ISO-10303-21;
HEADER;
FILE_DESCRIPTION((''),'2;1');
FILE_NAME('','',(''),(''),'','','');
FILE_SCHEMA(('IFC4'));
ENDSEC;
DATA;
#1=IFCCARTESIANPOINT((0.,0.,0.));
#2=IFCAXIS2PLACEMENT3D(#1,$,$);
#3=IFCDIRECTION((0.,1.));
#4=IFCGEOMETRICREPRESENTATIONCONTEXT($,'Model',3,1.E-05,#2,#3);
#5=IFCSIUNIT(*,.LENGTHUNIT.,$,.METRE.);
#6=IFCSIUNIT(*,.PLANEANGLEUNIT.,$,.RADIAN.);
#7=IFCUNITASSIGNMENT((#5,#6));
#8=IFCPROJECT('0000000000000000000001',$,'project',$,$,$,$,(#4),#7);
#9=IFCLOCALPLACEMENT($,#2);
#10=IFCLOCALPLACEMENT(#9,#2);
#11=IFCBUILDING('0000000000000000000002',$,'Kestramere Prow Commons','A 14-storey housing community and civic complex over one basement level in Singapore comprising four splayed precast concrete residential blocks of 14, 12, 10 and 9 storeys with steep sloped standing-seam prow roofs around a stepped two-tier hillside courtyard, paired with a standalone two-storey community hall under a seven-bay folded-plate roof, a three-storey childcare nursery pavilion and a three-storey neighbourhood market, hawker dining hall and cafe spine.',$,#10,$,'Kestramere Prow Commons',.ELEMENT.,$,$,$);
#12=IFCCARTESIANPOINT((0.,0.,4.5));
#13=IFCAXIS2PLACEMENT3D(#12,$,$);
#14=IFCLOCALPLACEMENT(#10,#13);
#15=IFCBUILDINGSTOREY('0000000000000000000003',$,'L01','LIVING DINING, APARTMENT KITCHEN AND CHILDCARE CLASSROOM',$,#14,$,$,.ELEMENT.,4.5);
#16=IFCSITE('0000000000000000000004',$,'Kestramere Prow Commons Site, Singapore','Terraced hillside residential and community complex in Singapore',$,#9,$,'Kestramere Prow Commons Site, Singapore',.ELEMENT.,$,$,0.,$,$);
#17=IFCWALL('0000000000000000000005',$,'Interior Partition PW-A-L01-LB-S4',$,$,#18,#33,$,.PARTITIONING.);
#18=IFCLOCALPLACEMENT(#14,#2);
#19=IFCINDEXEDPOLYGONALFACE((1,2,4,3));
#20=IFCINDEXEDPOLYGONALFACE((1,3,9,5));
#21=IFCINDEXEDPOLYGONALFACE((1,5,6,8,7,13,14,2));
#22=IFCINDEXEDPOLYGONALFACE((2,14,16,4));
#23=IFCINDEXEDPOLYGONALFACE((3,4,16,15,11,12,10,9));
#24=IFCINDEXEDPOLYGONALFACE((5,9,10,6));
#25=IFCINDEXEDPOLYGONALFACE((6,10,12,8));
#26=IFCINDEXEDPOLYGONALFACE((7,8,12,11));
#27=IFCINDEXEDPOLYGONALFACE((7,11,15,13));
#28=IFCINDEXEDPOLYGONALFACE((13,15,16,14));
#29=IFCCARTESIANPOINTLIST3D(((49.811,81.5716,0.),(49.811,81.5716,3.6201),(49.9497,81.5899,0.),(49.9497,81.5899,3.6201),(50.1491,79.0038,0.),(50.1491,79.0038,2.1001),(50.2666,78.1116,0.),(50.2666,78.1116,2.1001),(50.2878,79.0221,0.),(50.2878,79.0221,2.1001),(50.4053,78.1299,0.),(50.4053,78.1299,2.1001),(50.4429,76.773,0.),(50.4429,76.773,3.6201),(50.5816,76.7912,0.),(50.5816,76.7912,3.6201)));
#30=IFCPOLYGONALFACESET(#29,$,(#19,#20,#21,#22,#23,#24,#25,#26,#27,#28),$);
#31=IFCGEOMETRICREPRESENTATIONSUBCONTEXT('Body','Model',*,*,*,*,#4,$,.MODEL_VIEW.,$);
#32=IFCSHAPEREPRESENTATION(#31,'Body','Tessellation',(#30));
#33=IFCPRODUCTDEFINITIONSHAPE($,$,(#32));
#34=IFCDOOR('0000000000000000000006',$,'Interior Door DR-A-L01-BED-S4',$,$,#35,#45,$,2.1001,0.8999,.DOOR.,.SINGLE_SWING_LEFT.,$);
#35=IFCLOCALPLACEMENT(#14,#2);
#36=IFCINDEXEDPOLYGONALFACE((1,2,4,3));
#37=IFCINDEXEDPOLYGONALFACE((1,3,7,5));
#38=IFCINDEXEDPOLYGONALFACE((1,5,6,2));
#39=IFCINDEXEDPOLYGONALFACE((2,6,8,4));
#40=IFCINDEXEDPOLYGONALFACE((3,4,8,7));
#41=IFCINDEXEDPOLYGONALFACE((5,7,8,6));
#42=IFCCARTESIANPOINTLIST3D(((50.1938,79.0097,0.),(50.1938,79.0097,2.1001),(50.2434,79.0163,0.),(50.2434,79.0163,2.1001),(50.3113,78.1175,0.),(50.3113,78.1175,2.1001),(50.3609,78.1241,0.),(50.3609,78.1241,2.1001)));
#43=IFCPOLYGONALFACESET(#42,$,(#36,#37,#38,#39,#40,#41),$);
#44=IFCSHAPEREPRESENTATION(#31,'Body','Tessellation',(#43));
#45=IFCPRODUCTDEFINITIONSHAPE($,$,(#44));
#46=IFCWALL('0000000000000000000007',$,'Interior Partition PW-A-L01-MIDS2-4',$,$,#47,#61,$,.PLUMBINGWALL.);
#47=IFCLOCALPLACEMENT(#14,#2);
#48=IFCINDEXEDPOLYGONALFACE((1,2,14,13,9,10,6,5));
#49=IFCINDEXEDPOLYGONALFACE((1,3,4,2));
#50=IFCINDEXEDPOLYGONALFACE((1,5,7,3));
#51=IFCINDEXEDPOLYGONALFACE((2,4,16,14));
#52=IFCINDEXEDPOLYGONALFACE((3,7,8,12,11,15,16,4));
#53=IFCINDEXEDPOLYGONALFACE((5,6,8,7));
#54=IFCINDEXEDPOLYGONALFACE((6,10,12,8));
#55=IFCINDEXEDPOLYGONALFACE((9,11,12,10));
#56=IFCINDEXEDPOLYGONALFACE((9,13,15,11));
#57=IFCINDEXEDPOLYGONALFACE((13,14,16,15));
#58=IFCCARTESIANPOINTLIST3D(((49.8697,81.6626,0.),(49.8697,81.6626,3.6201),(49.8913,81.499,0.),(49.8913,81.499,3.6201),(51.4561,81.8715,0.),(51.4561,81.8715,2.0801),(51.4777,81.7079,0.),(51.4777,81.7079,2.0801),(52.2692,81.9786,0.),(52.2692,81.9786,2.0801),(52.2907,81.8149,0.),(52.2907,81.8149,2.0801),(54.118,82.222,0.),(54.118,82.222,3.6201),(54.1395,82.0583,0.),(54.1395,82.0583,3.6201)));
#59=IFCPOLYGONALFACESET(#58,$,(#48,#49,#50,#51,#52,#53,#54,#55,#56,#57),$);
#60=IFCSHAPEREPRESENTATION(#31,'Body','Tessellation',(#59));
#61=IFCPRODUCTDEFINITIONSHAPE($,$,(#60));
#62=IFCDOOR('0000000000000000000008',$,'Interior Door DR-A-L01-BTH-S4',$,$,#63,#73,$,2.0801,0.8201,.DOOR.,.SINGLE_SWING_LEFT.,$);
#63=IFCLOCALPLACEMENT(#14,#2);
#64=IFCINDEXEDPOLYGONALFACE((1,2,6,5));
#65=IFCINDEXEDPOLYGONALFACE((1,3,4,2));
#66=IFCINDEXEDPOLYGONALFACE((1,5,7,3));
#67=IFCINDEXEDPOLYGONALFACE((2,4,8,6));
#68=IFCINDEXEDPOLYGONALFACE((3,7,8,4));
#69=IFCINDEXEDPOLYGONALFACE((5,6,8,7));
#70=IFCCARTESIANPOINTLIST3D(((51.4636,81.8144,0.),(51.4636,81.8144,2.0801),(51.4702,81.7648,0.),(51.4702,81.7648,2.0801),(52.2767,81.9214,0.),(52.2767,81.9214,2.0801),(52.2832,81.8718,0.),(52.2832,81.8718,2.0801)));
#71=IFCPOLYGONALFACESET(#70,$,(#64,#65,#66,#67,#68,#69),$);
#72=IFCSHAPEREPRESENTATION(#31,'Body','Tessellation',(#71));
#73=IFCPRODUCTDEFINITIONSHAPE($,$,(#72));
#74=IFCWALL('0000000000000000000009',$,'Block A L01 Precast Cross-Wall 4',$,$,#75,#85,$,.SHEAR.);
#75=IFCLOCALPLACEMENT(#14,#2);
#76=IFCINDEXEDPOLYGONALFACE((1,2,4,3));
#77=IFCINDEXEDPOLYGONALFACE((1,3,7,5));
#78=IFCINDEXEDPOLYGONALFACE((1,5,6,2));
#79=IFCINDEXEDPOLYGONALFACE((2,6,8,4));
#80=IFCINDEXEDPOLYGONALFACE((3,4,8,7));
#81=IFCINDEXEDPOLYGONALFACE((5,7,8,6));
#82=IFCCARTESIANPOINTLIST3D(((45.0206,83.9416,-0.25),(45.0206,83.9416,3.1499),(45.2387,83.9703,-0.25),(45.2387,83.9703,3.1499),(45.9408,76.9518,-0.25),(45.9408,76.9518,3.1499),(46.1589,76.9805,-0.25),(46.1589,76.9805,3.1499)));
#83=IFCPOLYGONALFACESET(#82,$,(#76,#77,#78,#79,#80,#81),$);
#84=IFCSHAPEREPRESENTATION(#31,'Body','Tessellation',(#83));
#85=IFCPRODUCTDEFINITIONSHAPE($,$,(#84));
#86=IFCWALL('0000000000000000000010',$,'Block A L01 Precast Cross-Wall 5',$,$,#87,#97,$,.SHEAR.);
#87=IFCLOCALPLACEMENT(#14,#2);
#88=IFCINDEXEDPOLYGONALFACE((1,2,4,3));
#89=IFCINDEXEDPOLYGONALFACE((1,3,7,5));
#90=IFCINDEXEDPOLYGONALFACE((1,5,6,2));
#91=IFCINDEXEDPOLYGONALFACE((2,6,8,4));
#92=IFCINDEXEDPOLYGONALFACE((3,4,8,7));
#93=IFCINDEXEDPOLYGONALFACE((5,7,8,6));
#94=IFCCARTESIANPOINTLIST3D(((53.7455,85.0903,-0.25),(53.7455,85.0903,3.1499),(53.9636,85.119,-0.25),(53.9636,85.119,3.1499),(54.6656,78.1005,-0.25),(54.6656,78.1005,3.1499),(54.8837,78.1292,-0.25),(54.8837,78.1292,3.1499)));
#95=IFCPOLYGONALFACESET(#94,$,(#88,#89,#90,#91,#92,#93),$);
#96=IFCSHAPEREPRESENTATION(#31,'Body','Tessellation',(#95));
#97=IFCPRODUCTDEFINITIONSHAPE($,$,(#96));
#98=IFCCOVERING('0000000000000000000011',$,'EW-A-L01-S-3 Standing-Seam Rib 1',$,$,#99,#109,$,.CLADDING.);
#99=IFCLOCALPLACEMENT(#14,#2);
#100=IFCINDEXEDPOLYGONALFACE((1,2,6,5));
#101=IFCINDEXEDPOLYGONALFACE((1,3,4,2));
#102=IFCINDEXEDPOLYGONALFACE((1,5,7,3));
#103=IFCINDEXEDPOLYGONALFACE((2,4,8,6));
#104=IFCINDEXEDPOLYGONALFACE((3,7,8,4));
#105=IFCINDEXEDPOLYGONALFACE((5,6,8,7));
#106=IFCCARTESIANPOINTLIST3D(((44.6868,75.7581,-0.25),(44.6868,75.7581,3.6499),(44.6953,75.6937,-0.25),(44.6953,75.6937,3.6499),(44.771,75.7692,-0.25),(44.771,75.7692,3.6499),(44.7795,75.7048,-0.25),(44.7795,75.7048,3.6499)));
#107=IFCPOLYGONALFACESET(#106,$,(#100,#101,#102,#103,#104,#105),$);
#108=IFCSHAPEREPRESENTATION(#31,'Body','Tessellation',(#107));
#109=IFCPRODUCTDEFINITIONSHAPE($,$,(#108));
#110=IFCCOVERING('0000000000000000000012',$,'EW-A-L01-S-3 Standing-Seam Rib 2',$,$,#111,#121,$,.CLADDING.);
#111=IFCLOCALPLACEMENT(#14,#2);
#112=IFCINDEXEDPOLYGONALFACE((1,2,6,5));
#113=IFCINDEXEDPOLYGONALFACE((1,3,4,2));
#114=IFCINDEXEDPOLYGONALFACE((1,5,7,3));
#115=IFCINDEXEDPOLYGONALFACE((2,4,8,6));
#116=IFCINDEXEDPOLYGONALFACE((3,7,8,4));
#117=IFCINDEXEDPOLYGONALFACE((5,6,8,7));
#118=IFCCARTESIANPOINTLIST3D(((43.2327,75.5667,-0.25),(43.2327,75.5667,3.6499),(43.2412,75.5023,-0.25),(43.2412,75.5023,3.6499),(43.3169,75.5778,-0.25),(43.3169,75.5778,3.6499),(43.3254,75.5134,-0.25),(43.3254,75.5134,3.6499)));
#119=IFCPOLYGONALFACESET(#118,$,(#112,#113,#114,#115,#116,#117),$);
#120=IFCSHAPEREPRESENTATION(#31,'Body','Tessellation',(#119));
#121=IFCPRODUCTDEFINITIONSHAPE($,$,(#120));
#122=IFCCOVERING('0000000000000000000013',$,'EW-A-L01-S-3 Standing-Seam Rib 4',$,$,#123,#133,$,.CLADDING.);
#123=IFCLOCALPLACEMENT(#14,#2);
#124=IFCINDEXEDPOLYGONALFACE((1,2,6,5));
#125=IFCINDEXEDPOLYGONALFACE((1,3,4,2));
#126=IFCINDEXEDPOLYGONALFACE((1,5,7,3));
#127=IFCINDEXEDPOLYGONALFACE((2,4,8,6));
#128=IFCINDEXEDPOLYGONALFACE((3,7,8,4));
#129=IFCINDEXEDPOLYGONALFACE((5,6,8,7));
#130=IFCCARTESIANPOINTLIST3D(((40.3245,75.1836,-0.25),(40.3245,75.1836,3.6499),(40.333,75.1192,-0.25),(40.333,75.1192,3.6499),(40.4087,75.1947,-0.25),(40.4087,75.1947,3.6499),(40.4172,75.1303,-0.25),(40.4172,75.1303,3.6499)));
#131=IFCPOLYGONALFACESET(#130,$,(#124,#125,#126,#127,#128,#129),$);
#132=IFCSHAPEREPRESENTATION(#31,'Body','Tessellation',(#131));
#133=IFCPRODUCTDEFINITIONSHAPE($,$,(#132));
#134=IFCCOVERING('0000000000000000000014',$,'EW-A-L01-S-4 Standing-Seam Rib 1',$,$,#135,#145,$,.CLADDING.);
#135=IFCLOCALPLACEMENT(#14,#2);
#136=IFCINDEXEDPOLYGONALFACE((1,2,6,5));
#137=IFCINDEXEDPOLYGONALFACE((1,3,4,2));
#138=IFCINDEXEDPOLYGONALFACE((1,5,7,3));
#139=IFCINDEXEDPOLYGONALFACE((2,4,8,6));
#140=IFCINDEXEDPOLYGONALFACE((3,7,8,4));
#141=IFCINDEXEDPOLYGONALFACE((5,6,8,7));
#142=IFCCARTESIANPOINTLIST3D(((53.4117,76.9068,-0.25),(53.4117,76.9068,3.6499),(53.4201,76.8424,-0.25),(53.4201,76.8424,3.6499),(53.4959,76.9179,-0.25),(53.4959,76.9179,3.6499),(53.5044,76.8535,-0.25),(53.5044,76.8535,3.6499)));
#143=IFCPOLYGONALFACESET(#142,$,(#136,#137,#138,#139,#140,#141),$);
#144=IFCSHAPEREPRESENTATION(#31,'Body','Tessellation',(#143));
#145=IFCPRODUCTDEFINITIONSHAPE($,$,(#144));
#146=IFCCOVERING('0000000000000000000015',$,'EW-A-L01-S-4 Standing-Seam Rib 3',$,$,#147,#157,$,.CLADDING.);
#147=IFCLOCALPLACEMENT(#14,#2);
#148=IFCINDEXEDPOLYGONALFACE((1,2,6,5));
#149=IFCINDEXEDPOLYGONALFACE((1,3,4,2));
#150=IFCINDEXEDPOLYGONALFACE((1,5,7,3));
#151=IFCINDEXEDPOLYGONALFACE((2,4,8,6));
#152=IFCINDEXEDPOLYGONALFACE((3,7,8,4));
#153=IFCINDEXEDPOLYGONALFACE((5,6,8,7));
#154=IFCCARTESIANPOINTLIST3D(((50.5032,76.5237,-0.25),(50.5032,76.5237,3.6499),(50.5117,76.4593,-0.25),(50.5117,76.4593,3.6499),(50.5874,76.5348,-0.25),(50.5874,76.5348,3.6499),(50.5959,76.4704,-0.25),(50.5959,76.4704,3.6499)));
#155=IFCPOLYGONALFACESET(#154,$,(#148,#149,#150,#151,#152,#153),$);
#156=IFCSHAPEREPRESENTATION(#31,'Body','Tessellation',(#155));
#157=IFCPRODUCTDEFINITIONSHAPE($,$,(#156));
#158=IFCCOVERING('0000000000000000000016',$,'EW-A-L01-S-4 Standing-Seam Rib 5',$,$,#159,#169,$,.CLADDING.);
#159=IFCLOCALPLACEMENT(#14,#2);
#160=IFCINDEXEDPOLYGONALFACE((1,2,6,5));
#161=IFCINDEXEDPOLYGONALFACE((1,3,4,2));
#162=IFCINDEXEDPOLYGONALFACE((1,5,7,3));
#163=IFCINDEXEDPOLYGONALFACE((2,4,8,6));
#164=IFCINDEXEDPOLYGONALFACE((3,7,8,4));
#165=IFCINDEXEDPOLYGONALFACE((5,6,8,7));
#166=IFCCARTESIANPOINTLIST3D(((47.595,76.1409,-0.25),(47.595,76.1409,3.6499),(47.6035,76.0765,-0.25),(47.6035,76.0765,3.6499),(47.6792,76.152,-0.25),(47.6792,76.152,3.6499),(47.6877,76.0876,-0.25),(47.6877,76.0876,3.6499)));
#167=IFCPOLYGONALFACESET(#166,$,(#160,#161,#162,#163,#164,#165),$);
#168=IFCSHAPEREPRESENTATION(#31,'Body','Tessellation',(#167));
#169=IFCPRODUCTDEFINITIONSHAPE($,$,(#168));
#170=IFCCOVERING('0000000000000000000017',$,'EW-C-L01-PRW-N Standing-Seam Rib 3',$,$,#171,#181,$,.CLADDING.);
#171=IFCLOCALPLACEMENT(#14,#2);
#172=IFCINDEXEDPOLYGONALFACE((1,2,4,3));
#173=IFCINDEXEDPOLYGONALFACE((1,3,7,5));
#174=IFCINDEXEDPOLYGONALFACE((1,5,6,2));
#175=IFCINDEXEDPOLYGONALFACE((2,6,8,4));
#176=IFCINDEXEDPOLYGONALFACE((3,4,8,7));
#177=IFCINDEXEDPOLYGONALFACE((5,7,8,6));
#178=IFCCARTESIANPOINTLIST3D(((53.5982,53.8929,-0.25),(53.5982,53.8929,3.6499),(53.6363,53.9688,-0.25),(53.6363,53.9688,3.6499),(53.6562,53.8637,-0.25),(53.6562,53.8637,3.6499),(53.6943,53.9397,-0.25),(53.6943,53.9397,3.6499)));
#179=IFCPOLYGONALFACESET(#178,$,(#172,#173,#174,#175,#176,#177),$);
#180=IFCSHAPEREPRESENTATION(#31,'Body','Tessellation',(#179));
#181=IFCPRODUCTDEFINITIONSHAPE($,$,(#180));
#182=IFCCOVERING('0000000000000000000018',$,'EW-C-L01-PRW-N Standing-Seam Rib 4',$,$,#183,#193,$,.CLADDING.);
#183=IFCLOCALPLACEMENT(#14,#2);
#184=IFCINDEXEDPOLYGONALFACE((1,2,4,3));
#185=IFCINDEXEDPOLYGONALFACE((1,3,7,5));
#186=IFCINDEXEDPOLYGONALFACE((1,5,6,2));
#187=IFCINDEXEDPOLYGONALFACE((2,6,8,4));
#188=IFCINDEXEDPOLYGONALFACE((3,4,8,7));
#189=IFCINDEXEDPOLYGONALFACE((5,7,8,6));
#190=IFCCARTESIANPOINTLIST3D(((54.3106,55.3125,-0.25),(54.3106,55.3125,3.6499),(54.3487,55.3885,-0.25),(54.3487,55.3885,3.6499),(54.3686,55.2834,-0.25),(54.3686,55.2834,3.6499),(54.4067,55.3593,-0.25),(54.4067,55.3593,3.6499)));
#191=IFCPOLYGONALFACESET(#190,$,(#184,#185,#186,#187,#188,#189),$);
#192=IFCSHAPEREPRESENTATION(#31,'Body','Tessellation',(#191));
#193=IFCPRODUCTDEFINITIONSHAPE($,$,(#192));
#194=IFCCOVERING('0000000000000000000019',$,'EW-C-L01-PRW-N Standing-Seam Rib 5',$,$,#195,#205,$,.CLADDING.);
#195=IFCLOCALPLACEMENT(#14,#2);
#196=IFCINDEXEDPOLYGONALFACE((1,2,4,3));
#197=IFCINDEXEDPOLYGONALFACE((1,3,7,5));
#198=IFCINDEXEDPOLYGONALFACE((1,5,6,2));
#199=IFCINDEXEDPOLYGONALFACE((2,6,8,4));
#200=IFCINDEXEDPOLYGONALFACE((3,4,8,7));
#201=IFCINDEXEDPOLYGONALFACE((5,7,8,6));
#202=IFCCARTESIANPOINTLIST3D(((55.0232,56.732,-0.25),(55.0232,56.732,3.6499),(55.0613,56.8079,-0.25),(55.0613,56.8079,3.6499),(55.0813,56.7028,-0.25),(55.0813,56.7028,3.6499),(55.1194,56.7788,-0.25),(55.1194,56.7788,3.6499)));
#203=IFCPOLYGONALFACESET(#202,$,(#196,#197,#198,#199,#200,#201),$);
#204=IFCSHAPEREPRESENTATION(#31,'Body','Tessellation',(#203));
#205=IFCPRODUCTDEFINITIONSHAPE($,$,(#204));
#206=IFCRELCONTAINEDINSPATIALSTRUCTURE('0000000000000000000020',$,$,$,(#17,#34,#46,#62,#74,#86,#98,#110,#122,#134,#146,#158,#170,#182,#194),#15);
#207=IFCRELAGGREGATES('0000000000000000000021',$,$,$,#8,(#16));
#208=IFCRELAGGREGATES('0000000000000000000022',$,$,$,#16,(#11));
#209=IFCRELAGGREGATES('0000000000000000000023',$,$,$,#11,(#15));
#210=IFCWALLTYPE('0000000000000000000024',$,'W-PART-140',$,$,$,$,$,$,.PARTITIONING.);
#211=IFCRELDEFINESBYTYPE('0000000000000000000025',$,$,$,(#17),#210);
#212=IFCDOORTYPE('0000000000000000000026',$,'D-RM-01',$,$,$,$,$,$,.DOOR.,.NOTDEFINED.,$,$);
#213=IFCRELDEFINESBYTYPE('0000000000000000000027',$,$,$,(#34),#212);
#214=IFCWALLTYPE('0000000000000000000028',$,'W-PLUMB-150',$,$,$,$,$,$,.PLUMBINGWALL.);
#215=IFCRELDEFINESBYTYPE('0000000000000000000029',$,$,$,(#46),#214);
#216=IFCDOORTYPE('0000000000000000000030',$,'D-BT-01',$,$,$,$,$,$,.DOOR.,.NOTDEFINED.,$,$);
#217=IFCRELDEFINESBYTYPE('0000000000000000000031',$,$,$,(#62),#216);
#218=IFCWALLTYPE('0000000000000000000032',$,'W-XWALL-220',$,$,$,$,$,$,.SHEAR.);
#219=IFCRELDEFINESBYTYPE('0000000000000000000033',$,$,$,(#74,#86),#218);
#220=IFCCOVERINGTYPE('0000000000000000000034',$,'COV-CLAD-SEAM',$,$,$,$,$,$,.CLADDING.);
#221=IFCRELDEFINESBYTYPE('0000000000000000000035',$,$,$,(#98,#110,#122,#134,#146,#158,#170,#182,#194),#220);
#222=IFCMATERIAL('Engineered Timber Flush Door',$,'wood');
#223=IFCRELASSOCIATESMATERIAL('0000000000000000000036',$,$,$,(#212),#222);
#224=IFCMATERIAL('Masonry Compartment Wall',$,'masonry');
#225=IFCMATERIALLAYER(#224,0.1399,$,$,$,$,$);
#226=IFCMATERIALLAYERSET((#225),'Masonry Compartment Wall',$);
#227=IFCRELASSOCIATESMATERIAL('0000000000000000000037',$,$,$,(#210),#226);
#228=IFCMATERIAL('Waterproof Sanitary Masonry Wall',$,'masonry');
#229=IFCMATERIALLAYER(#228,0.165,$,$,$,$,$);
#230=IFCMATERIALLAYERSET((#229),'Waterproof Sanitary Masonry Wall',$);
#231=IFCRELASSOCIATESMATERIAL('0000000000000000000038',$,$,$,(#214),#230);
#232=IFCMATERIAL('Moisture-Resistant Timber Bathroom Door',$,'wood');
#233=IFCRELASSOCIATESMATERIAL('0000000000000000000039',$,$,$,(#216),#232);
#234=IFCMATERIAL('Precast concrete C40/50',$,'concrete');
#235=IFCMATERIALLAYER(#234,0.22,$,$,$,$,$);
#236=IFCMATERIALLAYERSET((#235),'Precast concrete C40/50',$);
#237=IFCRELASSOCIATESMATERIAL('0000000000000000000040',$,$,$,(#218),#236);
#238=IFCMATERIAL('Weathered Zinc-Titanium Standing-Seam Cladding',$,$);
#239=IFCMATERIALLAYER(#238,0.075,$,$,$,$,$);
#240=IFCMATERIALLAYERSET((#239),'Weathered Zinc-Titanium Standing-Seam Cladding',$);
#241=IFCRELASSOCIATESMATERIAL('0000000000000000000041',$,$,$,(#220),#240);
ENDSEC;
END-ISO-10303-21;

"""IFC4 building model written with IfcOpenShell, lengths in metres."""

from ifc_helpers import new_model, si_unit, direction, frame, frame_2d, origin, origin_2d, place, context, subcontext, project, spatial, rectangle, extrude, material, layer, layer_set, type_object, element, fill, save


model = new_model("IFC4")

# Units and contexts
model_context = context("Model", 3, precision=1e-05, world=origin(), true_north=direction((0.0, 1.0)))
body_context = subcontext(model_context, "Body", "Model", "MODEL_VIEW")
ifc_project = project(units=[si_unit("LENGTHUNIT", "METRE"), si_unit("PLANEANGLEUNIT", "RADIAN")], contexts=[model_context])

# Site, building, storey
site_placement = place(None, origin())
site = spatial("IfcSite", under=ifc_project, at=site_placement, Name="Kestramere Prow Commons Site, Singapore", Description="Terraced hillside residential and community complex in Singapore", LongName="Kestramere Prow Commons Site, Singapore", CompositionType="ELEMENT", RefElevation=0.0)
building_placement = place(site_placement, origin())
building = spatial("IfcBuilding", under=site, at=building_placement, Name="Kestramere Prow Commons", Description="A 14-storey housing community and civic complex over one basement level in Singapore comprising four splayed precast concrete residential blocks of 14, 12, 10 and 9 storeys with steep sloped standing-seam prow roofs around a stepped two-tier hillside courtyard, paired with a standalone two-storey community hall under a seven-bay folded-plate roof, a three-storey childcare nursery pavilion and a three-storey neighbourhood market, hawker dining hall and cafe spine.", LongName="Kestramere Prow Commons", CompositionType="ELEMENT")
storey_placement = place(building_placement, frame((0.0, 0.0, 4.5)))
storey = spatial("IfcBuildingStorey", under=building, at=storey_placement, Name="L01", Description="LIVING DINING, APARTMENT KITCHEN AND CHILDCARE CLASSROOM", CompositionType="ELEMENT", Elevation=4.5)

# Shared definitions
ifc_material_1 = material(Name="Precast concrete C40/50", Category="concrete")

# Walls, openings, doors
ifc_material_2 = material(Name="Engineered Timber Flush Door", Category="wood")
door_type_1 = type_object("IfcDoorType", Name="D-RM-01", OperationType="NOTDEFINED", PredefinedType="DOOR", material=ifc_material_2)
ifc_material_3 = material(Name="Masonry Compartment Wall", Category="masonry")
ifc_layer_1 = layer(ifc_material_3, 0.1399)
ifc_layer_set_1 = layer_set([ifc_layer_1], Name="Masonry Compartment Wall")
wall_type_1 = type_object("IfcWallType", Name="W-PART-140", PredefinedType="PARTITIONING", material=ifc_layer_set_1)
wall_1_placement = place(storey_placement, frame((50.5122, 76.7822, 0.0), z_axis=(0.0, 0.0, 1.0), x_axis=(-0.130545, 0.991442, 0.0)))
wall_1 = element("IfcWall", 1, at=wall_1_placement, inside=storey, type_object=wall_type_1, Name="Interior Partition PW-A-L01-LB-S4", PredefinedType="PARTITIONING", context=body_context, shape_type="SweptSolid", body=[
    extrude(rectangle(XDim=4.8401, YDim=0.1399, at=frame_2d((2.4199, 0.0))), origin(), (0.0, 0.0, 1.0), 3.6201),
])
opening_1_placement = place(wall_1_placement, frame((1.3501, 0.0, 0.0)))
opening_1 = element("IfcOpeningElement", 2, at=opening_1_placement, cuts=wall_1, PredefinedType="OPENING", context=body_context, shape_type="SweptSolid", body=[
    extrude(rectangle(XDim=0.8999, YDim=2.1001, at=frame_2d((0.45, 1.05))), frame((0.0, 0.085, 0.0), z_axis=(0.0, -1.0, 0.0), x_axis=(1.0, 0.0, 0.0)), (0.0, 0.0, 1.0), 0.1699),
])
door_1_placement = place(opening_1_placement, origin())
door_1 = element("IfcDoor", 3, at=door_1_placement, inside=storey, type_object=door_type_1, Name="Interior Door DR-A-L01-BED-S4", OperationType="SINGLE_SWING_LEFT", OverallHeight=2.1001, OverallWidth=0.8999, PredefinedType="DOOR", context=body_context, shape_type="SweptSolid", body=[
    extrude(rectangle(XDim=0.8999, YDim=2.1001, at=frame_2d((0.45, 1.05))), frame((0.0, 0.0249, 0.0), z_axis=(0.0, -1.0, 0.0), x_axis=(1.0, 0.0, 0.0)), (0.0, 0.0, 1.0), 0.05),
])
fill(opening_1, door_1)
ifc_material_4 = material(Name="Waterproof Sanitary Masonry Wall", Category="masonry")
ifc_layer_2 = layer(ifc_material_4, 0.165)
ifc_layer_set_2 = layer_set([ifc_layer_2], Name="Waterproof Sanitary Masonry Wall")
wall_type_2 = type_object("IfcWallType", Name="W-PLUMB-150", PredefinedType="PLUMBINGWALL", material=ifc_layer_set_2)
wall_2_placement = place(storey_placement, frame((49.8804, 81.5808, 0.0), z_axis=(0.0, 0.0, 1.0), x_axis=(0.991444, 0.130533, 0.0)))
wall_2 = element("IfcWall", 4, at=wall_2_placement, inside=storey, type_object=wall_type_2, Name="Interior Partition PW-A-L01-MIDS2-4", PredefinedType="PLUMBINGWALL", context=body_context, shape_type="SweptSolid", body=[
    extrude(rectangle(XDim=4.2849, YDim=0.165, at=frame_2d((2.1426, 0.0))), origin(), (0.0, 0.0, 1.0), 3.6201),
])
opening_2_placement = place(wall_2_placement, frame((1.6001, 0.0, 0.0)))
opening_2 = element("IfcOpeningElement", 5, at=opening_2_placement, cuts=wall_2, PredefinedType="OPENING", context=body_context, shape_type="SweptSolid", body=[
    extrude(rectangle(XDim=0.8201, YDim=2.0801, at=frame_2d((0.4102, 1.04))), frame((0.0, 0.0974, 0.0), z_axis=(0.0, -1.0, 0.0), x_axis=(1.0, 0.0, 0.0)), (0.0, 0.0, 1.0), 0.1951),
])
ifc_material_5 = material(Name="Moisture-Resistant Timber Bathroom Door", Category="wood")
door_type_2 = type_object("IfcDoorType", Name="D-BT-01", OperationType="NOTDEFINED", PredefinedType="DOOR", material=ifc_material_5)
door_2_placement = place(opening_2_placement, origin())
door_2 = element("IfcDoor", 6, at=door_2_placement, inside=storey, type_object=door_type_2, Name="Interior Door DR-A-L01-BTH-S4", OperationType="SINGLE_SWING_LEFT", OverallHeight=2.0801, OverallWidth=0.8201, PredefinedType="DOOR", context=body_context, shape_type="SweptSolid", body=[
    extrude(rectangle(XDim=0.8201, YDim=2.0801, at=frame_2d((0.4102, 1.04))), frame((0.0, 0.0249, 0.0), z_axis=(0.0, -1.0, 0.0), x_axis=(1.0, 0.0, 0.0)), (0.0, 0.0, 1.0), 0.05),
])
fill(opening_2, door_2)

# Walls
ifc_layer_3 = layer(ifc_material_1, 0.22)
ifc_layer_set_3 = layer_set([ifc_layer_3], Name="Precast concrete C40/50")
wall_type_3 = type_object("IfcWallType", Name="W-XWALL-220", PredefinedType="SHEAR", material=ifc_layer_set_3)
for number, where, z_axis, x_axis, name in (
    (7, (46.0498, 76.9663, -0.25), (0.0, 0.0, 1.0), (-0.130519, 0.991446, 0.0), "Block A L01 Precast Cross-Wall 4"),
    (8, (54.7747, 78.115, -0.25), (0.0, 0.0, 1.0), (-0.130519, 0.991446, 0.0), "Block A L01 Precast Cross-Wall 5"),
):
    element("IfcWall", number, at=place(storey_placement, frame(where, z_axis=z_axis, x_axis=x_axis)), inside=storey, type_object=wall_type_3, Name=name, PredefinedType="SHEAR", context=body_context, shape_type="SweptSolid", body=[
        extrude(rectangle(XDim=7.05, YDim=0.22, at=frame_2d((3.5249, 0.0))), origin(), (0.0, 0.0, 1.0), 3.3999),
    ])

# Coverings
ifc_material_6 = material(Name="Weathered Zinc-Titanium Standing-Seam Cladding")
ifc_layer_4 = layer(ifc_material_6, 0.075)
ifc_layer_set_4 = layer_set([ifc_layer_4], Name="Weathered Zinc-Titanium Standing-Seam Cladding")
covering_type = type_object("IfcCoveringType", Name="COV-CLAD-SEAM", PredefinedType="CLADDING", material=ifc_layer_set_4)
for number, where, z_axis, x_axis, name in (
    (9, (44.7332, 75.7314, -0.25), (0.0, 0.0, 1.0), (-0.991445, -0.130526, 0.0), "EW-A-L01-S-3 Standing-Seam Rib 1"),
    (10, (43.2791, 75.54, -0.25), (0.0, 0.0, 1.0), (-0.991445, -0.130526, 0.0), "EW-A-L01-S-3 Standing-Seam Rib 2"),
    (11, (40.3708, 75.157, -0.25), (0.0, 0.0, 1.0), (-0.991445, -0.130526, 0.0), "EW-A-L01-S-3 Standing-Seam Rib 4"),
    (12, (53.458, 76.8801, -0.25), (0.0, 0.0, 1.0), (-0.991445, -0.130526, 0.0), "EW-A-L01-S-4 Standing-Seam Rib 1"),
    (13, (50.5496, 76.4971, -0.25), (0.0, 0.0, 1.0), (-0.991445, -0.130526, 0.0), "EW-A-L01-S-4 Standing-Seam Rib 3"),
    (14, (47.6414, 76.1143, -0.25), (0.0, 0.0, 1.0), (-0.991445, -0.130526, 0.0), "EW-A-L01-S-4 Standing-Seam Rib 5"),
    (15, (53.6462, 53.9163, -0.25), (0.0, 0.0, 1.0), (0.44862, 0.893722, 0.0), "EW-C-L01-PRW-N Standing-Seam Rib 3"),
    (16, (54.3586, 55.3359, -0.25), (0.0, 0.0, 1.0), (0.44862, 0.893722, 0.0), "EW-C-L01-PRW-N Standing-Seam Rib 4"),
    (17, (55.0713, 56.7554, -0.25), (0.0, 0.0, 1.0), (0.44862, 0.893722, 0.0), "EW-C-L01-PRW-N Standing-Seam Rib 5"),
):
    element("IfcCovering", number, at=place(storey_placement, frame(where, z_axis=z_axis, x_axis=x_axis)), inside=storey, type_object=covering_type, Name=name, PredefinedType="CLADDING", context=body_context, shape_type="SweptSolid", body=[
        extrude(rectangle(XDim=0.085, YDim=0.0649, at=origin_2d()), origin(), (0.0, 0.0, 1.0), 3.8999),
    ])

save(model, "model.ifc")
